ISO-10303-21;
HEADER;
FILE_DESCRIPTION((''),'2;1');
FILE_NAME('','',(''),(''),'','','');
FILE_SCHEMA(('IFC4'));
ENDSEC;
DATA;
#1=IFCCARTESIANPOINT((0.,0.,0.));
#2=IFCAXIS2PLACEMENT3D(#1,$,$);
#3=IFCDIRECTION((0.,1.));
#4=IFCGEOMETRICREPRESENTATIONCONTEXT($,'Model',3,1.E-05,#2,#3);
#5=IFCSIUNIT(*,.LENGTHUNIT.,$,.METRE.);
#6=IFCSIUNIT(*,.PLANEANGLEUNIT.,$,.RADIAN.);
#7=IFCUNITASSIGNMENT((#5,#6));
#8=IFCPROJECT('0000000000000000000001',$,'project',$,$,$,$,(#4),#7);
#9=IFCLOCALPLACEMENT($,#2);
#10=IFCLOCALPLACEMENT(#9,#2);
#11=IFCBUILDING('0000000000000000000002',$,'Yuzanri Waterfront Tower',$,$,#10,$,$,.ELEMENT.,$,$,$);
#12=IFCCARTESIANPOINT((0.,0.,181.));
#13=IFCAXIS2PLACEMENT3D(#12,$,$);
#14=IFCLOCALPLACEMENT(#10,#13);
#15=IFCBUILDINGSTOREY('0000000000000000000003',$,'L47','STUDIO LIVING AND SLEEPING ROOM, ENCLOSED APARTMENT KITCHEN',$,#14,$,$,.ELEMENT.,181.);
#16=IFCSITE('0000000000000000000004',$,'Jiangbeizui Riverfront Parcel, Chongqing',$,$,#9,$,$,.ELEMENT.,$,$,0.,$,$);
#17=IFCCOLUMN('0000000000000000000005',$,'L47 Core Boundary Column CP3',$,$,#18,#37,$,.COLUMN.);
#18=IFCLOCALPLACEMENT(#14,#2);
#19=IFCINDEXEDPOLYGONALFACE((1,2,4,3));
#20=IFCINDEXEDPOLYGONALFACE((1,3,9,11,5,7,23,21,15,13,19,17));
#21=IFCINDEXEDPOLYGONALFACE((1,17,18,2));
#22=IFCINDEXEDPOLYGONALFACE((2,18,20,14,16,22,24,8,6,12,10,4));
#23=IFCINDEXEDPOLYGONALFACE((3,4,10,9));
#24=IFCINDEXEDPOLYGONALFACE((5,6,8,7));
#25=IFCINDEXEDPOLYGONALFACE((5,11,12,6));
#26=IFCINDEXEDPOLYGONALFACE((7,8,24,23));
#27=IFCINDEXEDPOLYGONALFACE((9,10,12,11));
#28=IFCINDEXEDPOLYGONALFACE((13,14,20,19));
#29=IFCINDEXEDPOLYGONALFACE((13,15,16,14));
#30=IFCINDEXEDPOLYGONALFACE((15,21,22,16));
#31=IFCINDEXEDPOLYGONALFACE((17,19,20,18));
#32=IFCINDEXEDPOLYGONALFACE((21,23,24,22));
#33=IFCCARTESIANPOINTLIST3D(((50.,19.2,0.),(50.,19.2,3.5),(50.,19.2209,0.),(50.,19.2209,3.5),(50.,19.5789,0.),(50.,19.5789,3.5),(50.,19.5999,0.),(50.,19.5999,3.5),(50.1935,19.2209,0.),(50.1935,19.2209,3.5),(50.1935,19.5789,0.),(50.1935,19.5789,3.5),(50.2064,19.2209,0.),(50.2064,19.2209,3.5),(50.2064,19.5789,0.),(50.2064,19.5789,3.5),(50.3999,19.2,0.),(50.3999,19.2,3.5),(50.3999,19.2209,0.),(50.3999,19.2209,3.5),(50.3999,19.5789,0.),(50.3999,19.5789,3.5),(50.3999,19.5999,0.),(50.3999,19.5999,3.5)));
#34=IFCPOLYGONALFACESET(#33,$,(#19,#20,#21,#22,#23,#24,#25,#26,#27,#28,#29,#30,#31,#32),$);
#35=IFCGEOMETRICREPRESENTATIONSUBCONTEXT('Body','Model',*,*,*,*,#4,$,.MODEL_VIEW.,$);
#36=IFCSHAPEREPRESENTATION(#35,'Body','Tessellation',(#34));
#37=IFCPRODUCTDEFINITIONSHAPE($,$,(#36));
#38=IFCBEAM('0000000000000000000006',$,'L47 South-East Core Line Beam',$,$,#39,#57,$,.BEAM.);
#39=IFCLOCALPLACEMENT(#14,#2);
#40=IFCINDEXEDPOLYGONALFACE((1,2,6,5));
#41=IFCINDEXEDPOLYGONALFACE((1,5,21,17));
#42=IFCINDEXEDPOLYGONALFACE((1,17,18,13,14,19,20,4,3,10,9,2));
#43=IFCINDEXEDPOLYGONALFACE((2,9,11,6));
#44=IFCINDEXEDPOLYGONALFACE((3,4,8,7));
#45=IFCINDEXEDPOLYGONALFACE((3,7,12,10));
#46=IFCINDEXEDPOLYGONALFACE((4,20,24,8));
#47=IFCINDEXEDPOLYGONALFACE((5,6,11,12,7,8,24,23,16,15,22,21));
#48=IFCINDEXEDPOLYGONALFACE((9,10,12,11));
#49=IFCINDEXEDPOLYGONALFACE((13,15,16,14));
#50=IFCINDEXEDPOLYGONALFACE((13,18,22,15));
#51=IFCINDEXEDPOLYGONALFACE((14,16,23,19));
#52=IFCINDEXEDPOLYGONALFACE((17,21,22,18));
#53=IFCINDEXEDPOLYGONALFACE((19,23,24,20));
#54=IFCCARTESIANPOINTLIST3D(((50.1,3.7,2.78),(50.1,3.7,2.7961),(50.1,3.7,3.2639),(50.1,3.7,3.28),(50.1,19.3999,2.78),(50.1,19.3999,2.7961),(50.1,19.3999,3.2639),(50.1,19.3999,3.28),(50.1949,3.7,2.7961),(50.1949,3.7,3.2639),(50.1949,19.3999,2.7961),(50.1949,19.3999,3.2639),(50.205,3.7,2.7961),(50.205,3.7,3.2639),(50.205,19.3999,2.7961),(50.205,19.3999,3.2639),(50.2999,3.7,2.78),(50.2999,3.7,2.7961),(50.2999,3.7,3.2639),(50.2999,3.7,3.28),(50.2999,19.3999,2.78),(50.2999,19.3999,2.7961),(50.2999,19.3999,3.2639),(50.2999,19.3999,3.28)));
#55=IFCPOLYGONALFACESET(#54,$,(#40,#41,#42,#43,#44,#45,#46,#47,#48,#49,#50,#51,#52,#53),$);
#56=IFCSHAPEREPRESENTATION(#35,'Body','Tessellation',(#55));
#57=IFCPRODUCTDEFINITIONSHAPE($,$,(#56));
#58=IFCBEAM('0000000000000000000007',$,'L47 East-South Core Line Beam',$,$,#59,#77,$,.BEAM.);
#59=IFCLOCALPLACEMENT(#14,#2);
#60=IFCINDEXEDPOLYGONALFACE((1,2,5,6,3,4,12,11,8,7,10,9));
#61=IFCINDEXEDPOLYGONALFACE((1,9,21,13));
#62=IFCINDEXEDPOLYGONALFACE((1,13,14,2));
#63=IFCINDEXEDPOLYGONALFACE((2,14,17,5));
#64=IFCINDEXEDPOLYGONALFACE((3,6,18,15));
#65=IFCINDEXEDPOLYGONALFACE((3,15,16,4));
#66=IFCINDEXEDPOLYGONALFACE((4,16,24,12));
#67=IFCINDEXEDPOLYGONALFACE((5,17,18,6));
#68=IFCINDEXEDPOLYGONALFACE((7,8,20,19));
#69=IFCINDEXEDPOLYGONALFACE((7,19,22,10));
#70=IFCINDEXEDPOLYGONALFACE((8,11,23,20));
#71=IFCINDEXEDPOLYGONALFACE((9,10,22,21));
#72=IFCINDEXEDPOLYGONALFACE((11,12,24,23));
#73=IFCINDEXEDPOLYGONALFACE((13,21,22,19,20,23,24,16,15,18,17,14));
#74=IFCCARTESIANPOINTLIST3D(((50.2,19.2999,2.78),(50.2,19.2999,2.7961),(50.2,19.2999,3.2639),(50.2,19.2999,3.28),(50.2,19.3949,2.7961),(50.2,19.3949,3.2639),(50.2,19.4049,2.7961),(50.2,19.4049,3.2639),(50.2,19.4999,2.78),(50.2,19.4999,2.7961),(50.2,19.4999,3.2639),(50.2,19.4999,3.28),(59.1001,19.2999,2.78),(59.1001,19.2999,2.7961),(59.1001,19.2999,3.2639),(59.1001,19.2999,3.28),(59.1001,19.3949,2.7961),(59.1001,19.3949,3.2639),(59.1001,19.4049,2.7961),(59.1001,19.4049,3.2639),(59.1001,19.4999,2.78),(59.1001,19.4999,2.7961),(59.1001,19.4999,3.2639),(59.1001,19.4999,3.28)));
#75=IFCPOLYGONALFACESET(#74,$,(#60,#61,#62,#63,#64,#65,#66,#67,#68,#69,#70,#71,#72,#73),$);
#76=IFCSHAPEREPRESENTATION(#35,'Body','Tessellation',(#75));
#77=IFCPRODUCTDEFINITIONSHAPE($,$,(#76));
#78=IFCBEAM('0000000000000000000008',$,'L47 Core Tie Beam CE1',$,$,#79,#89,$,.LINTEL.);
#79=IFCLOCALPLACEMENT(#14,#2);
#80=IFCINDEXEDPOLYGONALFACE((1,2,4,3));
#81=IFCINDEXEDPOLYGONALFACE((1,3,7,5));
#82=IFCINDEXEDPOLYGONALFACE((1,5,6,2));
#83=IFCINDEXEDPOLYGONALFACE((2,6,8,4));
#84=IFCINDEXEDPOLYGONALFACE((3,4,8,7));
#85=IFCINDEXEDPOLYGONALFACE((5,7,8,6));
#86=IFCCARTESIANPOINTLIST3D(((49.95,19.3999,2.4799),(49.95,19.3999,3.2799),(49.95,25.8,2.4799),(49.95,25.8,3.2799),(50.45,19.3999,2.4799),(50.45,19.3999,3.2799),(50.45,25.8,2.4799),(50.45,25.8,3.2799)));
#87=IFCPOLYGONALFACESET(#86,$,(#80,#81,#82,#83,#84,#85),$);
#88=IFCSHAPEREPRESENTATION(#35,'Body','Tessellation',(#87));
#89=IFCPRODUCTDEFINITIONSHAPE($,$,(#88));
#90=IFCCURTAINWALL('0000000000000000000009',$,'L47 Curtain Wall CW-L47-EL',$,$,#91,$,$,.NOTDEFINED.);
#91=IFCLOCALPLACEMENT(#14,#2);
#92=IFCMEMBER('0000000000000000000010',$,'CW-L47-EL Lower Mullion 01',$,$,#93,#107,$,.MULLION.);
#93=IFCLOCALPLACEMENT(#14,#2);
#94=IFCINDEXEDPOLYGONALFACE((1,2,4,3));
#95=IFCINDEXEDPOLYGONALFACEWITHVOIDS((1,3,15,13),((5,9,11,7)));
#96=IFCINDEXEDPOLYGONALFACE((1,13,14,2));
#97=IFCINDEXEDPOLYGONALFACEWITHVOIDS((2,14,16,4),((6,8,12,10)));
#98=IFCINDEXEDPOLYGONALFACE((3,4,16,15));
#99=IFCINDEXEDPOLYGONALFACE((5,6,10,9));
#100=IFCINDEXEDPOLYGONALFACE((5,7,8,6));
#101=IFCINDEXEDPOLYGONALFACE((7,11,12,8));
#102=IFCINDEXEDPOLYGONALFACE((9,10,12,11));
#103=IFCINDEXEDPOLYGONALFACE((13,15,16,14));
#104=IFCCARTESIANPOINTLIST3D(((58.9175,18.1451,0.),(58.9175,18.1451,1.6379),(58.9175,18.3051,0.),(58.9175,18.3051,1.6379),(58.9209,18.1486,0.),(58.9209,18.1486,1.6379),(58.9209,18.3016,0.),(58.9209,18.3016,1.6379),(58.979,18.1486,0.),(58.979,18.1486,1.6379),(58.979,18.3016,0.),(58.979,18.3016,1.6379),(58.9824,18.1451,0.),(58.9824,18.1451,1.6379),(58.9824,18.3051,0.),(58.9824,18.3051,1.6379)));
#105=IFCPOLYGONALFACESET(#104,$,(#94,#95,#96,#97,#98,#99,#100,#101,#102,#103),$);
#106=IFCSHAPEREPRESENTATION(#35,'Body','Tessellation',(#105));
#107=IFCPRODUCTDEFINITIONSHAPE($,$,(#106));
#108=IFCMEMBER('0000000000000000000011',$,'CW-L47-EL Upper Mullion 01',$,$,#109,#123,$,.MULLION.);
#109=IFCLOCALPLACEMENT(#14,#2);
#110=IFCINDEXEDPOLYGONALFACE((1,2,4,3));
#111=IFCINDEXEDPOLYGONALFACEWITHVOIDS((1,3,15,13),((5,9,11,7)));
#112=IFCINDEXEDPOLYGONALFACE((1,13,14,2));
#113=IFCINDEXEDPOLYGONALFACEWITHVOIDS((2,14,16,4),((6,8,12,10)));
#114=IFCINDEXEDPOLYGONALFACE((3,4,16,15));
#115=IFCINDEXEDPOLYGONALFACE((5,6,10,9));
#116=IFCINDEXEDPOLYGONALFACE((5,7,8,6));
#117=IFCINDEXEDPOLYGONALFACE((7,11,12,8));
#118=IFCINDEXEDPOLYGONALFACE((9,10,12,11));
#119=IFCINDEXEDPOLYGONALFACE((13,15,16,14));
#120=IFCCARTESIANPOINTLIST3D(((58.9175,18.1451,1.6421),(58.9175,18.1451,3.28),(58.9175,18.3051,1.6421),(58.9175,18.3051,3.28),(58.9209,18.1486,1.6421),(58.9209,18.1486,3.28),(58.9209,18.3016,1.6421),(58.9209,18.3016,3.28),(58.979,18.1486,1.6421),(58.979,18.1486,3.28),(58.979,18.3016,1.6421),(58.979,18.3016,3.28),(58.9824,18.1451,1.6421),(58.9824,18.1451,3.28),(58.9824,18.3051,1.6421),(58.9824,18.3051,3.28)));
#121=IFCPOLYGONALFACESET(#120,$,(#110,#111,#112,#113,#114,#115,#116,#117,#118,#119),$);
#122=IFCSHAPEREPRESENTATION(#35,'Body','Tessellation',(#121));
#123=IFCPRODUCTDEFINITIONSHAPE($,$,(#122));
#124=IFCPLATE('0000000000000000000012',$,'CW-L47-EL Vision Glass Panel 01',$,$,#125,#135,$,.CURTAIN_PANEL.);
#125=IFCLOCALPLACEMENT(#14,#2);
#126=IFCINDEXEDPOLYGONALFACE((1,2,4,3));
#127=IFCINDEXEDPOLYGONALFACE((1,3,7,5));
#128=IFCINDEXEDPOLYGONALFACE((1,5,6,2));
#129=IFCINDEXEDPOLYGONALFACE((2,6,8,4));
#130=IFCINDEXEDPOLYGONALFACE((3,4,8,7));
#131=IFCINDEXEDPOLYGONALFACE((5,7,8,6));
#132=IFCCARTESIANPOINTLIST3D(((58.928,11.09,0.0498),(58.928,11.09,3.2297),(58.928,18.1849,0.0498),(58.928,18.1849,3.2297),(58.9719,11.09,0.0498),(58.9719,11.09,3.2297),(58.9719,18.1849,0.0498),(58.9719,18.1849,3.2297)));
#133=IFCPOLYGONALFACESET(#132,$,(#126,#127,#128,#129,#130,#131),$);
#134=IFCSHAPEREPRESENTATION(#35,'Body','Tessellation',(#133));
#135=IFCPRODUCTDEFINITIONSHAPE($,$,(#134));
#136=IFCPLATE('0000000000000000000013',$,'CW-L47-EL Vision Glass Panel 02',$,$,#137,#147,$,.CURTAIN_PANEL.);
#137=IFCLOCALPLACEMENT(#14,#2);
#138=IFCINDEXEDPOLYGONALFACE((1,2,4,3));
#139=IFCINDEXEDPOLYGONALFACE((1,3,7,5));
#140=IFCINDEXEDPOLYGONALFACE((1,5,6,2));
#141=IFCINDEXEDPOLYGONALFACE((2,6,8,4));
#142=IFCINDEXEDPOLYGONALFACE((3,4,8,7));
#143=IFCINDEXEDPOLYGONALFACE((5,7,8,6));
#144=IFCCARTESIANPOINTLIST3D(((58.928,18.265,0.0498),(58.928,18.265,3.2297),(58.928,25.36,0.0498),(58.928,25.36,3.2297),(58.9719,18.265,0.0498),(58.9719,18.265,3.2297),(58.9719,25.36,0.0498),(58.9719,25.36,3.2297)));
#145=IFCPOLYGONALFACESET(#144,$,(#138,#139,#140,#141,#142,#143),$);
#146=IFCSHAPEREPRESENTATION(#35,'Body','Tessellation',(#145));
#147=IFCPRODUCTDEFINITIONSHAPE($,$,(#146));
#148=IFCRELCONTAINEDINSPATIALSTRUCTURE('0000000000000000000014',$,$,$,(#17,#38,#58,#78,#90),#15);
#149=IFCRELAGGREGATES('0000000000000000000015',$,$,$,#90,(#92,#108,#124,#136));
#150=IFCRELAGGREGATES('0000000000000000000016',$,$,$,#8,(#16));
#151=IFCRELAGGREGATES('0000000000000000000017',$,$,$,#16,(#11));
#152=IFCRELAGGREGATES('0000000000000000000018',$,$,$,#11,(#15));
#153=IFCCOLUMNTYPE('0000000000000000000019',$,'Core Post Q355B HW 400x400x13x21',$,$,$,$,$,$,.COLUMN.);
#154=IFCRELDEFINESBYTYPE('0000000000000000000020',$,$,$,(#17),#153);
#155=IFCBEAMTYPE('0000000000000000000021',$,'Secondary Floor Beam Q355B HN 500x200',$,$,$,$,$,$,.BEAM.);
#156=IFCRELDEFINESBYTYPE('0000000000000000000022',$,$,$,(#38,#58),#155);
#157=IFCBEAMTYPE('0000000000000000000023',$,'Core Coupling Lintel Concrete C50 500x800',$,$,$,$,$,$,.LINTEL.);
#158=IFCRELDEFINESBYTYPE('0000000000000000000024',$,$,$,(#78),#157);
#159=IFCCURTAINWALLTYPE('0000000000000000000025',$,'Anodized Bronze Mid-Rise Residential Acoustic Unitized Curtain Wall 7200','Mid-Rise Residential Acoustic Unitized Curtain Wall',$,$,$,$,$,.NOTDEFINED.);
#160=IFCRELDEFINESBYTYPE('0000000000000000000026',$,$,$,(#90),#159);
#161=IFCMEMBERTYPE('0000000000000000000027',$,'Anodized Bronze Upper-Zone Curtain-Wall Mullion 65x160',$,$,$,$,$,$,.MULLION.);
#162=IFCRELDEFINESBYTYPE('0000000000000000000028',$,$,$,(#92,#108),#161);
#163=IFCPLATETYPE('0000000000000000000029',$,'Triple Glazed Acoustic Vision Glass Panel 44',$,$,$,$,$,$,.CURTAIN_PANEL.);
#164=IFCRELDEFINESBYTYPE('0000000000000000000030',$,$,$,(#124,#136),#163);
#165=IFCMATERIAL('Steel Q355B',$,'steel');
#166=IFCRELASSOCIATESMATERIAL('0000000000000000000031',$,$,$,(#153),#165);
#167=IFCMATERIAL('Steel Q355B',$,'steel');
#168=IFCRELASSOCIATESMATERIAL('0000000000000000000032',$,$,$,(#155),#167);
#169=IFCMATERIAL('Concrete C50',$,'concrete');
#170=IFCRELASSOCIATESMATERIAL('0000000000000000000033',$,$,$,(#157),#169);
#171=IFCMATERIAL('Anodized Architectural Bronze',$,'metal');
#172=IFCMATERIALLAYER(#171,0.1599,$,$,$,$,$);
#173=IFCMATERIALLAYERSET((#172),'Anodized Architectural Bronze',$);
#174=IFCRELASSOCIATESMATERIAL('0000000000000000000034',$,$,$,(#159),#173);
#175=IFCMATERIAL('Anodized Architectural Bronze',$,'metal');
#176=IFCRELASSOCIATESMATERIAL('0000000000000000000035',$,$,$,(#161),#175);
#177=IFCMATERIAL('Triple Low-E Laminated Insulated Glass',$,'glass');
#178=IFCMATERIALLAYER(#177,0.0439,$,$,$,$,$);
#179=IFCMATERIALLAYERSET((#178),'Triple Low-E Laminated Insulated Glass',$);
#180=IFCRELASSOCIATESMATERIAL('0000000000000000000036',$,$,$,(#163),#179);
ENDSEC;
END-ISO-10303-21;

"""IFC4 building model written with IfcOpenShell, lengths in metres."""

from ifc_helpers import new_model, si_unit, direction, frame, origin, origin_2d, place, context, subcontext, project, spatial, rectangle, hollow_rectangle, i_section, extrude, source, transform, mapped, material, layer, layer_set, material_profile, profile_set, type_object, element, aggregate, save


model = new_model("IFC4")

# Units and contexts
model_context = context("Model", 3, precision=1e-05, world=origin(), true_north=direction((0.0, 1.0)))
body_context = subcontext(model_context, "Body", "Model", "MODEL_VIEW")
ifc_project = project(units=[si_unit("LENGTHUNIT", "METRE"), si_unit("PLANEANGLEUNIT", "RADIAN")], contexts=[model_context])

# Site, building, storey
site_placement = place(None, origin())
site = spatial("IfcSite", under=ifc_project, at=site_placement, Name="Jiangbeizui Riverfront Parcel, Chongqing", CompositionType="ELEMENT", RefElevation=0.0)
building_placement = place(site_placement, origin())
building = spatial("IfcBuilding", under=site, at=building_placement, Name="Yuzanri Waterfront Tower", CompositionType="ELEMENT")
storey_placement = place(building_placement, frame((0.0, 0.0, 181.0)))
storey = spatial("IfcBuildingStorey", under=building, at=storey_placement, Name="L47", Description="STUDIO LIVING AND SLEEPING ROOM, ENCLOSED APARTMENT KITCHEN", CompositionType="ELEMENT", Elevation=181.0)

# Column
ifc_material_1 = material(Name="Steel Q355B", Category="steel")
ifc_material_profile_1 = material_profile(ifc_material_1, i_section(OverallWidth=0.3999, OverallDepth=0.3999, WebThickness=0.0129, FlangeThickness=0.021, at=origin_2d()), Name="HW 400x400x13x21")
ifc_profile_set_1 = profile_set([ifc_material_profile_1], Name="Steel Q355B")
column_type = type_object("IfcColumnType", Name="Core Post Q355B HW 400x400x13x21", PredefinedType="COLUMN", material=ifc_profile_set_1)
shared_shape_1 = source(origin(), body_context, "Body", "SweptSolid", [
    extrude(i_section(OverallWidth=0.3999, OverallDepth=0.3999, WebThickness=0.0129, FlangeThickness=0.021, at=origin_2d()), origin(), (0.0, 0.0, 1.0), 3.5),
])
column_placement = place(storey_placement, frame((50.2, 19.3999, 0.0), z_axis=(0.0, 0.0, 1.0), x_axis=(1.0, 0.0, 0.0)))
element("IfcColumn", 1, at=column_placement, inside=storey, type_object=column_type, Name="L47 Core Boundary Column CP3", PredefinedType="COLUMN", context=body_context, shape_type="MappedRepresentation", body=[
    mapped(shared_shape_1, transform((0.0, 0.0, 0.0), scale=1.0)),
])

# Beams
ifc_material_2 = material(Name="Steel Q355B", Category="steel")
ifc_material_profile_2 = material_profile(ifc_material_2, i_section(OverallWidth=0.2, OverallDepth=0.5, WebThickness=0.01, FlangeThickness=0.0161, at=origin_2d()), Name="HN 500x200x10x16")
ifc_profile_set_2 = profile_set([ifc_material_profile_2], Name="Steel Q355B")
beam_type_1 = type_object("IfcBeamType", Name="Secondary Floor Beam Q355B HN 500x200", PredefinedType="BEAM", material=ifc_profile_set_2)
shared_shape_2 = source(origin(), body_context, "Body", "SweptSolid", [
    extrude(i_section(OverallWidth=0.2, OverallDepth=0.5, WebThickness=0.01, FlangeThickness=0.0161, at=origin_2d()), origin(), (0.0, 0.0, 1.0), 15.7),
])
beam_1_placement = place(storey_placement, frame((50.2, 19.3999, 3.03), z_axis=(0.0, -1.0, 0.0), x_axis=(1.0, 0.0, 0.0)))
element("IfcBeam", 2, at=beam_1_placement, inside=storey, type_object=beam_type_1, Name="L47 South-East Core Line Beam", PredefinedType="BEAM", context=body_context, shape_type="MappedRepresentation", body=[
    mapped(shared_shape_2, transform((0.0, 0.0, 0.0), scale=1.0)),
])
shared_shape_3 = source(origin(), body_context, "Body", "SweptSolid", [
    extrude(i_section(OverallWidth=0.2, OverallDepth=0.5, WebThickness=0.01, FlangeThickness=0.0161, at=origin_2d()), origin(), (0.0, 0.0, 1.0), 8.9001),
])
beam_2_placement = place(storey_placement, frame((50.2, 19.3999, 3.03), z_axis=(1.0, 0.0, 0.0), x_axis=(0.0, 1.0, 0.0)))
element("IfcBeam", 3, at=beam_2_placement, inside=storey, type_object=beam_type_1, Name="L47 East-South Core Line Beam", PredefinedType="BEAM", context=body_context, shape_type="MappedRepresentation", body=[
    mapped(shared_shape_3, transform((0.0, 0.0, 0.0), scale=1.0)),
])
ifc_material_3 = material(Name="Concrete C50", Category="concrete")
ifc_material_profile_3 = material_profile(ifc_material_3, rectangle(XDim=0.5, YDim=0.8, at=origin_2d()), Name="RC 500x800")
ifc_profile_set_3 = profile_set([ifc_material_profile_3], Name="Concrete C50")
beam_type_2 = type_object("IfcBeamType", Name="Core Coupling Lintel Concrete C50 500x800", PredefinedType="LINTEL", material=ifc_profile_set_3)
shared_shape_4 = source(origin(), body_context, "Body", "SweptSolid", [
    extrude(rectangle(XDim=0.5, YDim=0.8, at=origin_2d()), origin(), (0.0, 0.0, 1.0), 6.4001),
])
beam_3_placement = place(storey_placement, frame((50.2, 19.3999, 2.8799), z_axis=(0.0, 1.0, 0.0), x_axis=(-1.0, 0.0, 0.0)))
element("IfcBeam", 4, at=beam_3_placement, inside=storey, type_object=beam_type_2, Name="L47 Core Tie Beam CE1", PredefinedType="LINTEL", context=body_context, shape_type="MappedRepresentation", body=[
    mapped(shared_shape_4, transform((0.0, 0.0, 0.0), scale=1.0)),
])

# Curtain wall, members, plates
ifc_material_4 = material(Name="Anodized Architectural Bronze", Category="metal")
ifc_layer_1 = layer(ifc_material_4, 0.1599)
ifc_layer_set_1 = layer_set([ifc_layer_1], Name="Anodized Architectural Bronze")
curtain_wall_type = type_object("IfcCurtainWallType", Name="Anodized Bronze Mid-Rise Residential Acoustic Unitized Curtain Wall 7200", Description="Mid-Rise Residential Acoustic Unitized Curtain Wall", PredefinedType="NOTDEFINED", material=ifc_layer_set_1)
curtain_wall_placement = place(storey_placement, origin())
curtain_wall = element("IfcCurtainWall", 5, at=curtain_wall_placement, inside=storey, type_object=curtain_wall_type, Name="L47 Curtain Wall CW-L47-EL", PredefinedType="NOTDEFINED")
ifc_material_5 = material(Name="Anodized Architectural Bronze", Category="metal")
ifc_material_profile_4 = material_profile(ifc_material_5, hollow_rectangle(XDim=0.0649, YDim=0.1599, WallThickness=0.0034, at=origin_2d()), Name="CWM 65x160")
ifc_profile_set_4 = profile_set([ifc_material_profile_4], Name="Anodized Architectural Bronze")
member_type = type_object("IfcMemberType", Name="Anodized Bronze Upper-Zone Curtain-Wall Mullion 65x160", PredefinedType="MULLION", material=ifc_profile_set_4)
shared_shape_5 = source(origin(), body_context, "Body", "SweptSolid", [
    extrude(hollow_rectangle(XDim=0.0649, YDim=0.1599, WallThickness=0.0034, at=origin_2d()), origin(), (0.0, 0.0, 1.0), 1.6379),
])
member_1_placement = place(storey_placement, frame((58.95, 18.2251, 0.0), z_axis=(0.0, 0.0, 1.0), x_axis=(1.0, 0.0, 0.0)))
member_1 = element("IfcMember", 6, at=member_1_placement, type_object=member_type, Name="CW-L47-EL Lower Mullion 01", PredefinedType="MULLION", context=body_context, shape_type="MappedRepresentation", body=[
    mapped(shared_shape_5, transform((0.0, 0.0, 0.0), scale=1.0)),
])
member_2_placement = place(storey_placement, frame((58.95, 18.2251, 1.6421), z_axis=(0.0, 0.0, 1.0), x_axis=(1.0, 0.0, 0.0)))
member_2 = element("IfcMember", 7, at=member_2_placement, type_object=member_type, Name="CW-L47-EL Upper Mullion 01", PredefinedType="MULLION", context=body_context, shape_type="MappedRepresentation", body=[
    mapped(shared_shape_5, transform((0.0, 0.0, 0.0), scale=1.0)),
])
ifc_material_6 = material(Name="Triple Low-E Laminated Insulated Glass", Category="glass")
ifc_layer_2 = layer(ifc_material_6, 0.0439)
ifc_layer_set_2 = layer_set([ifc_layer_2], Name="Triple Low-E Laminated Insulated Glass")
plate_type = type_object("IfcPlateType", Name="Triple Glazed Acoustic Vision Glass Panel 44", PredefinedType="CURTAIN_PANEL", material=ifc_layer_set_2)
shared_shape_6 = source(origin(), body_context, "Body", "SweptSolid", [
    extrude(rectangle(XDim=7.095, YDim=0.0439, at=origin_2d()), origin(), (0.0, 0.0, 1.0), 3.1799),
])
plate_1_placement = place(storey_placement, frame((58.95, 14.6375, 0.0498), z_axis=(0.0, 0.0, 1.0), x_axis=(0.0, 1.0, 0.0)))
plate_1 = element("IfcPlate", 8, at=plate_1_placement, type_object=plate_type, Name="CW-L47-EL Vision Glass Panel 01", PredefinedType="CURTAIN_PANEL", context=body_context, shape_type="MappedRepresentation", body=[
    mapped(shared_shape_6, transform((0.0, 0.0, 0.0), scale=1.0)),
])
plate_2_placement = place(storey_placement, frame((58.95, 21.8125, 0.0498), z_axis=(0.0, 0.0, 1.0), x_axis=(0.0, 1.0, 0.0)))
plate_2 = element("IfcPlate", 9, at=plate_2_placement, type_object=plate_type, Name="CW-L47-EL Vision Glass Panel 02", PredefinedType="CURTAIN_PANEL", context=body_context, shape_type="MappedRepresentation", body=[
    mapped(shared_shape_6, transform((0.0, 0.0, 0.0), scale=1.0)),
])
aggregate(curtain_wall, [member_1, member_2, plate_1, plate_2])

save(model, "model.ifc")
